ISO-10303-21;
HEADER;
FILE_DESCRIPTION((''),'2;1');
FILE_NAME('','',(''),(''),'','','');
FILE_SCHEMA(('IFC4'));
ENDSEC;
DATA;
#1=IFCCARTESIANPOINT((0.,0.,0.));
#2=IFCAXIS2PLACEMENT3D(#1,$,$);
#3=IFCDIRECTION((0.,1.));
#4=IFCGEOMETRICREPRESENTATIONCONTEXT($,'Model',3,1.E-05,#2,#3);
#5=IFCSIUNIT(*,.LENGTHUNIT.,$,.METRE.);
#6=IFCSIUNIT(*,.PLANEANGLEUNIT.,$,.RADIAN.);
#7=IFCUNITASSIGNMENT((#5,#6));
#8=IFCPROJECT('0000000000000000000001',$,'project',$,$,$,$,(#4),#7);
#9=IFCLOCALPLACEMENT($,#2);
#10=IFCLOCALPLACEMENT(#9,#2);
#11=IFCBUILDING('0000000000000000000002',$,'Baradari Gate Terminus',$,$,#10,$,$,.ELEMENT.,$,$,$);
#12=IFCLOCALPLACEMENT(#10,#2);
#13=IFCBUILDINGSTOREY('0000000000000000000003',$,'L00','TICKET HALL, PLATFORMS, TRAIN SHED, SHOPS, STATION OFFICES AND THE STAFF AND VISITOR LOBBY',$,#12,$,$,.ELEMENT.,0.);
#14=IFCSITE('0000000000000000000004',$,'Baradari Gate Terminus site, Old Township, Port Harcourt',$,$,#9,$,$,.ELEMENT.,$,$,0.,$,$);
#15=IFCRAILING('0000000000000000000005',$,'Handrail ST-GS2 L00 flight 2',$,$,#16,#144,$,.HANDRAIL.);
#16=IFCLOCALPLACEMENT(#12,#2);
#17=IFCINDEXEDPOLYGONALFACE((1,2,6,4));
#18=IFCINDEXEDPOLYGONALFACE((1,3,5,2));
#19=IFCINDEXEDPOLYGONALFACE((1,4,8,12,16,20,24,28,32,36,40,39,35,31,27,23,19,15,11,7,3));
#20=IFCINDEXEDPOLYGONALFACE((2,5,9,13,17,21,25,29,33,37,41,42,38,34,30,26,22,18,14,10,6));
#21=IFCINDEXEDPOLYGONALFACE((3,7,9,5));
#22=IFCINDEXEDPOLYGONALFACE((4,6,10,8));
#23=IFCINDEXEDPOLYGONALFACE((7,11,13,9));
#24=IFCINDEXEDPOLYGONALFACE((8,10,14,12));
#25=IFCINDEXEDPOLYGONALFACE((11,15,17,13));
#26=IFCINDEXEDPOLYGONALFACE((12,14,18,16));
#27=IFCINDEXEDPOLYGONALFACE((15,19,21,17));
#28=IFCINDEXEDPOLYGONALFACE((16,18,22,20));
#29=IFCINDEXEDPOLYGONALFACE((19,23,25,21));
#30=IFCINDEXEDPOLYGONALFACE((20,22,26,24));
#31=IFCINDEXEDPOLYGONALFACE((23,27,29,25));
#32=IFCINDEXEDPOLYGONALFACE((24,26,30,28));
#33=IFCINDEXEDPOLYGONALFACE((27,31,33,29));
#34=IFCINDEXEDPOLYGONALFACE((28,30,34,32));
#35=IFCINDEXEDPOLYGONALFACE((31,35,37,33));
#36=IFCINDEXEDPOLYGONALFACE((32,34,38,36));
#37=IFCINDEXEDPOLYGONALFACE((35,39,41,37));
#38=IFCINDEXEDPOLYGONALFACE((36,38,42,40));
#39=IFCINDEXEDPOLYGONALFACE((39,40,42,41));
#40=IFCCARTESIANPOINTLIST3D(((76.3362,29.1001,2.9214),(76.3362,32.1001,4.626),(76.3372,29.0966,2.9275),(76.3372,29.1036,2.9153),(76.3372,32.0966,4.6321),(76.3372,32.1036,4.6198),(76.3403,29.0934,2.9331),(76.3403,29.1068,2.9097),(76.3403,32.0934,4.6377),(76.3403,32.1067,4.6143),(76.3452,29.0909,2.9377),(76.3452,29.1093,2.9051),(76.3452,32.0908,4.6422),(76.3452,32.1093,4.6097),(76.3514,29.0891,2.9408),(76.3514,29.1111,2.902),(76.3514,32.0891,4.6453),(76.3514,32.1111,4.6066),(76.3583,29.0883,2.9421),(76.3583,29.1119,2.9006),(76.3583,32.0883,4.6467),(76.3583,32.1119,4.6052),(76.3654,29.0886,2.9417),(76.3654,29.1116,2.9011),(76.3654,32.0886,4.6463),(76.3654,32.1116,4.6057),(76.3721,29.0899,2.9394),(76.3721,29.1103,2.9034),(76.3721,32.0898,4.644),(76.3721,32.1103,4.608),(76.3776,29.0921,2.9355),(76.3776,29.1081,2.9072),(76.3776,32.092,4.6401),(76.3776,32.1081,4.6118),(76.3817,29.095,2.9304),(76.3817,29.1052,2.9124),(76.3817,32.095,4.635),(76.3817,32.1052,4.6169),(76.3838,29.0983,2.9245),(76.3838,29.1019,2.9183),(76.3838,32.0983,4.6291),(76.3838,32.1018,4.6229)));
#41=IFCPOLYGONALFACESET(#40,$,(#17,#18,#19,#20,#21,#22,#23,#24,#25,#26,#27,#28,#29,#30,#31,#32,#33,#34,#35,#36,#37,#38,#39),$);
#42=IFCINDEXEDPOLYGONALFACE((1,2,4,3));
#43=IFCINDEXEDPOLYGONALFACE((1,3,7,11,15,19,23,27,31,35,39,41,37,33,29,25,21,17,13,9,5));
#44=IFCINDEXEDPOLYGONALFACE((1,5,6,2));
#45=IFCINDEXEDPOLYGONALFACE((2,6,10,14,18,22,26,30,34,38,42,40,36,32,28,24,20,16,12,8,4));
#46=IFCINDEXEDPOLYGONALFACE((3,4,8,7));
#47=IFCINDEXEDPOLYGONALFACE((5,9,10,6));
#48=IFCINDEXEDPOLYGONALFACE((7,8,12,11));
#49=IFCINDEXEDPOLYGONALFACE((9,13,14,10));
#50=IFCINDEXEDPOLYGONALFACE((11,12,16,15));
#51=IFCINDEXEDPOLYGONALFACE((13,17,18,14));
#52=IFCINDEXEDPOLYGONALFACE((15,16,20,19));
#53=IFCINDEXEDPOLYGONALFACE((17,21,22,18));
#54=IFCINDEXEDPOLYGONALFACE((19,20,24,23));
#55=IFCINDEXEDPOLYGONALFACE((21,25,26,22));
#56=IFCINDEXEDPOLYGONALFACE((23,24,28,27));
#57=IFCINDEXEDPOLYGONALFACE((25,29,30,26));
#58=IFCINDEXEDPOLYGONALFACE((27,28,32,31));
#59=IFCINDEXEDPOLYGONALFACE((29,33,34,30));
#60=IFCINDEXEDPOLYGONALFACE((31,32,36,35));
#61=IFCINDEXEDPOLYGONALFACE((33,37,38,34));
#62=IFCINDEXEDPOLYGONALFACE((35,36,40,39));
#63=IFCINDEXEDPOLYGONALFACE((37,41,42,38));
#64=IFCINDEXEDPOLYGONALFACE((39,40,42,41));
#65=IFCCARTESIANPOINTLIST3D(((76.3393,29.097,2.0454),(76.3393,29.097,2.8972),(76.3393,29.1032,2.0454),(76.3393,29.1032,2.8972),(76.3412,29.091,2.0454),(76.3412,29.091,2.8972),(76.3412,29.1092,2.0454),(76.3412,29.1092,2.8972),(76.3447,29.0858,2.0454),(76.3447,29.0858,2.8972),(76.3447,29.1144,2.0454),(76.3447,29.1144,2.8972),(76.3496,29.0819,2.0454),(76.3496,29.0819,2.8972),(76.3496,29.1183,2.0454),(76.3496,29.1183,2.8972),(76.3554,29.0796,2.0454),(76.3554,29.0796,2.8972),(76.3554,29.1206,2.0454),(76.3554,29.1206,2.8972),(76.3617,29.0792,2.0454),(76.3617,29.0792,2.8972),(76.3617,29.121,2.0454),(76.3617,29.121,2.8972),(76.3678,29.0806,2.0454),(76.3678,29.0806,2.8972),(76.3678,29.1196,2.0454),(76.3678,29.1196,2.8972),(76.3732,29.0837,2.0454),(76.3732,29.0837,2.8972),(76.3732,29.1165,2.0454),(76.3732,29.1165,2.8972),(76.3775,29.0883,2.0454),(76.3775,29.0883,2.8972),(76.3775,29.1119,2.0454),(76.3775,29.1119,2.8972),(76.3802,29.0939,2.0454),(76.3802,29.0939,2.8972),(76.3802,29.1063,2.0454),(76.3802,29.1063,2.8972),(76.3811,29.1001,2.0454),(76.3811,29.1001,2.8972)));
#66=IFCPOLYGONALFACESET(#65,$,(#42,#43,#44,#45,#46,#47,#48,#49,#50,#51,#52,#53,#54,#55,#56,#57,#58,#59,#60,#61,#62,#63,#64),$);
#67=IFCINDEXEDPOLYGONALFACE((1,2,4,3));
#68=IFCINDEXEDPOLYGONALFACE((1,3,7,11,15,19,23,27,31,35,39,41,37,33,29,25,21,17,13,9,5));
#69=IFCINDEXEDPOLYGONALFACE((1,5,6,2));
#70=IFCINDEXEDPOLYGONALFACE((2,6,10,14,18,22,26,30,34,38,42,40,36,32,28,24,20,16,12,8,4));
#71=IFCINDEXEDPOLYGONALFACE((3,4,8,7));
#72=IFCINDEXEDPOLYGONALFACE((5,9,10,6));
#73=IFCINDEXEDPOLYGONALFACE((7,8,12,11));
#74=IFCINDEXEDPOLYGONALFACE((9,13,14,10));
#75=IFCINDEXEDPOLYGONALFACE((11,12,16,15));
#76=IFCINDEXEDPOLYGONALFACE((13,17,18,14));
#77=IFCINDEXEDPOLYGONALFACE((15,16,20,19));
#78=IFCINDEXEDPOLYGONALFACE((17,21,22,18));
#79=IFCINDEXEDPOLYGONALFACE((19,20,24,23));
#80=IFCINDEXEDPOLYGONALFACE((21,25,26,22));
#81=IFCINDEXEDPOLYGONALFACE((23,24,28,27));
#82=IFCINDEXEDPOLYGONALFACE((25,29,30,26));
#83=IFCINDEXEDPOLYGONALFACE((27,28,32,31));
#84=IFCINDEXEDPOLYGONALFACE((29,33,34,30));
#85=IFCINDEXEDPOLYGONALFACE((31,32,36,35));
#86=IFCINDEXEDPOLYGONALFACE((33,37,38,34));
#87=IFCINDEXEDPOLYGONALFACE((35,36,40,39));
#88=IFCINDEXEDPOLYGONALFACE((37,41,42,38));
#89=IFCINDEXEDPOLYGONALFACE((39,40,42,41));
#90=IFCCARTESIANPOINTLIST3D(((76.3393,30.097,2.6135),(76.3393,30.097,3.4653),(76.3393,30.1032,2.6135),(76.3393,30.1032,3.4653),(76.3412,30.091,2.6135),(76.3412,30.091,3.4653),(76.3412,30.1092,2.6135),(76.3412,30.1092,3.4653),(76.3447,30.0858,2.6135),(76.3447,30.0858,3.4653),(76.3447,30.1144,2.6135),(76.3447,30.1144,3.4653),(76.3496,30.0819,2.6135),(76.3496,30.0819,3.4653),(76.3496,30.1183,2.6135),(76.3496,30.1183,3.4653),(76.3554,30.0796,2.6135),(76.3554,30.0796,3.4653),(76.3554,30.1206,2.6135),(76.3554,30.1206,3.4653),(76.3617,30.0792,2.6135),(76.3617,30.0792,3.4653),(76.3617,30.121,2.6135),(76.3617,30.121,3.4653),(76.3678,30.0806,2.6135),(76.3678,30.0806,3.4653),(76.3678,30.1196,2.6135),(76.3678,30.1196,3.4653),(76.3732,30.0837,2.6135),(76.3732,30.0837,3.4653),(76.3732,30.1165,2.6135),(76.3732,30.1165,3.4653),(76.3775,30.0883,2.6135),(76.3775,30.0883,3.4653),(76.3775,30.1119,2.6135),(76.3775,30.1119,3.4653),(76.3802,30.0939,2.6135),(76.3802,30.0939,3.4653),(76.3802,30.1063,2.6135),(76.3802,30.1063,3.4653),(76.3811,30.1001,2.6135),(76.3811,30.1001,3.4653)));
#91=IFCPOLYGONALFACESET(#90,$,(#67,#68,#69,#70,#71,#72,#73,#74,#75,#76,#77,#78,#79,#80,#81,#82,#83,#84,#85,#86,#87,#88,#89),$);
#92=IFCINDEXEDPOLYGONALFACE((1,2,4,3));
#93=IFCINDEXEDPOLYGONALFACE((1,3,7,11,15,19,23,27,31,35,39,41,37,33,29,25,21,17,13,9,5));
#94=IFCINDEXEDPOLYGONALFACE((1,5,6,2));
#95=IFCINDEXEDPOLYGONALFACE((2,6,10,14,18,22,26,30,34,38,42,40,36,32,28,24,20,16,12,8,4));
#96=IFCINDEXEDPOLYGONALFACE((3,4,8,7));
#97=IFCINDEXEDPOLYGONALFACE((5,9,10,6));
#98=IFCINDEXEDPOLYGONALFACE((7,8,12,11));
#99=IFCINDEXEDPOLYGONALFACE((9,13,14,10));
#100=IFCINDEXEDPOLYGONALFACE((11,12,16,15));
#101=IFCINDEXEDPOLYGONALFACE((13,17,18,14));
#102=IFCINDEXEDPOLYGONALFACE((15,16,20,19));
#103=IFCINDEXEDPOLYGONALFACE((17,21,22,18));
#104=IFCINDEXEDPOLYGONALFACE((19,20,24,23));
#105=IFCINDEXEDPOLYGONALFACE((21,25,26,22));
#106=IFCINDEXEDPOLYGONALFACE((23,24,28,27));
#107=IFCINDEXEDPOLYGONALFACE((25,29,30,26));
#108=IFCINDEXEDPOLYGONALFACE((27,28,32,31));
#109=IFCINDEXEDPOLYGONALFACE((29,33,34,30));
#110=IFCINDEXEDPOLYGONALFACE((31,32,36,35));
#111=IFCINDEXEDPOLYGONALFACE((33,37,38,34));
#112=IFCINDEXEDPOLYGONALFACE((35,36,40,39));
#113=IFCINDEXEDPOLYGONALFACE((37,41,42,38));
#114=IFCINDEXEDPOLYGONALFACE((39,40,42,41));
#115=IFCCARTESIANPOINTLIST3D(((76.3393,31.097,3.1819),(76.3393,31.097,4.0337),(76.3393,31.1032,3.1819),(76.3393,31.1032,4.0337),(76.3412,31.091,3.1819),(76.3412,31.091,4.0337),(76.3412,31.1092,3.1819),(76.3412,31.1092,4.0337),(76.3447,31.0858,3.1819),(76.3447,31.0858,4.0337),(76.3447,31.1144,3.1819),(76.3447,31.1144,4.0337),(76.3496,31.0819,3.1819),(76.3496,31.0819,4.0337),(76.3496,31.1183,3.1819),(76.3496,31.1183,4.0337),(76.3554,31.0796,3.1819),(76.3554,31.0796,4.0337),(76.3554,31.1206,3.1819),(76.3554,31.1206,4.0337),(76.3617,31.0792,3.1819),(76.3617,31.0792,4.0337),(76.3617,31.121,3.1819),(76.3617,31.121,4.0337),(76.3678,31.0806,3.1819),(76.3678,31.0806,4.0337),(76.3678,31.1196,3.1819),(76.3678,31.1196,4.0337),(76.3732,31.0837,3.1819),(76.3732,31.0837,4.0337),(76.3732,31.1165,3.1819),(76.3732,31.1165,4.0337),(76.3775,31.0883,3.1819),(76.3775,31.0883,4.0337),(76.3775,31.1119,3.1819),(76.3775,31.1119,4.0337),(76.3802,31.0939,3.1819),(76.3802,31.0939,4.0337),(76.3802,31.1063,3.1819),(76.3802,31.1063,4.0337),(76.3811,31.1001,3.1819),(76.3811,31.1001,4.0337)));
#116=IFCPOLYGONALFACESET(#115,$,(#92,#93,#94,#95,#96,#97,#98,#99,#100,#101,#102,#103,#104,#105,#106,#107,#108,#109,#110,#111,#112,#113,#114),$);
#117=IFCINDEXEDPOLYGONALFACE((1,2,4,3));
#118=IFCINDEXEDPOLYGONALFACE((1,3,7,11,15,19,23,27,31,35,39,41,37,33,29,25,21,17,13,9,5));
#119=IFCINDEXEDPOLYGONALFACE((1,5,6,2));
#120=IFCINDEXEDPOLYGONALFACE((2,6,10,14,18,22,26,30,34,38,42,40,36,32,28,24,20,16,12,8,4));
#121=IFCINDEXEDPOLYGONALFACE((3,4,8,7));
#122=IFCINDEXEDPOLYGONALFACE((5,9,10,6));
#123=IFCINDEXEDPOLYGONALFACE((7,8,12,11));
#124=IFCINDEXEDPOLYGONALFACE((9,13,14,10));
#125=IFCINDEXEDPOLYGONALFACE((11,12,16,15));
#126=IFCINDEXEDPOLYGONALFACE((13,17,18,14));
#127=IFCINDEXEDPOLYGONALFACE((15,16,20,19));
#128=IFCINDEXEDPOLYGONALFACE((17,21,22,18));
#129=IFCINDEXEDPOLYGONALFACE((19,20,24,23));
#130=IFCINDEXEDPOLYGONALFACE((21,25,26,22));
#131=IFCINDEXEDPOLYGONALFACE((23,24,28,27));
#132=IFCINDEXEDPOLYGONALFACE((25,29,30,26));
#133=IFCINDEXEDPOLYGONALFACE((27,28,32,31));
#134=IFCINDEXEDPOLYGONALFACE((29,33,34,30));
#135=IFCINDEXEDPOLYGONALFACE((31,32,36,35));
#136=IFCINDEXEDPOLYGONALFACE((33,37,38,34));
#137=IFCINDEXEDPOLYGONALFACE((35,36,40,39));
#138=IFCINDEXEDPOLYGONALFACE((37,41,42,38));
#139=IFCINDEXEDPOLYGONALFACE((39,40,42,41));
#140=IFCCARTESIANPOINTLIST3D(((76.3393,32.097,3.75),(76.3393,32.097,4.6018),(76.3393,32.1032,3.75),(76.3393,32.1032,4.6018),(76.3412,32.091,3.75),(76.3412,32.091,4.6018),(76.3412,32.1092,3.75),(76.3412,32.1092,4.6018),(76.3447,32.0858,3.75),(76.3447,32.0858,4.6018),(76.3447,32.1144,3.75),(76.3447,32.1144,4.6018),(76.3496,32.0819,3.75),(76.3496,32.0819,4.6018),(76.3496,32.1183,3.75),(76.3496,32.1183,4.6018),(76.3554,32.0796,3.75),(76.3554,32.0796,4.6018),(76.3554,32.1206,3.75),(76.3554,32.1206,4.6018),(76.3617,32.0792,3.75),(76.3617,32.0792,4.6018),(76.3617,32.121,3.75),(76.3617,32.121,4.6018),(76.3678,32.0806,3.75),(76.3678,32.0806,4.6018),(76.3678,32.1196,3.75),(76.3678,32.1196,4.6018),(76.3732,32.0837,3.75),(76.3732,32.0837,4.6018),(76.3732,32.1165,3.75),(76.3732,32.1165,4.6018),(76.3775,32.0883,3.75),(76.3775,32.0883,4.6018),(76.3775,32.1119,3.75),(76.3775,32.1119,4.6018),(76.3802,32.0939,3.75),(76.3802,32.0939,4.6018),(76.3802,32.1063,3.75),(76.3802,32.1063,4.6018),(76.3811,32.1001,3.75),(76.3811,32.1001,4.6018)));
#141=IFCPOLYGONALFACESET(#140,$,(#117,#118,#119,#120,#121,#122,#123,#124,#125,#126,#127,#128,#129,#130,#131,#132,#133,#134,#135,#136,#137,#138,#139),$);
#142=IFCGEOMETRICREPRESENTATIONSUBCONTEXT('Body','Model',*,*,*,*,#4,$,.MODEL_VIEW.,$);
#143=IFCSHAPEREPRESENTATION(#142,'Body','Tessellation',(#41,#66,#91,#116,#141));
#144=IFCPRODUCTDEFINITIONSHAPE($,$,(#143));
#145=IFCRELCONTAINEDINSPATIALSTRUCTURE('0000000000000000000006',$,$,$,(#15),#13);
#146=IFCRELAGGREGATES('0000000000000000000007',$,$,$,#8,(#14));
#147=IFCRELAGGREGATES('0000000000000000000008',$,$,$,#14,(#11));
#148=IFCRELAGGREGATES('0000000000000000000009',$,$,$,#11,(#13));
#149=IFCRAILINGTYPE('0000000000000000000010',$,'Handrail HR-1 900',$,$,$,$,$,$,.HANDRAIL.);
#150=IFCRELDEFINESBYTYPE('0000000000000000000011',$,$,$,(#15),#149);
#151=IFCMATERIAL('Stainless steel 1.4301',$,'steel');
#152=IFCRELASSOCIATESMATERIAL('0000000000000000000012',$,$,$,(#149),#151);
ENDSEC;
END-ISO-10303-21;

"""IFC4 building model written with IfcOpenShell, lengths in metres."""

from ifc_helpers import new_model, si_unit, direction, frame, origin, origin_2d, place, context, subcontext, project, spatial, circle, extrude, material, type_object, element, save


model = new_model("IFC4")

# Units and contexts
model_context = context("Model", 3, precision=1e-05, world=origin(), true_north=direction((0.0, 1.0)))
body_context = subcontext(model_context, "Body", "Model", "MODEL_VIEW")
ifc_project = project(units=[si_unit("LENGTHUNIT", "METRE"), si_unit("PLANEANGLEUNIT", "RADIAN")], contexts=[model_context])

# Site, building, storey
site_placement = place(None, origin())
site = spatial("IfcSite", under=ifc_project, at=site_placement, Name="Baradari Gate Terminus site, Old Township, Port Harcourt", CompositionType="ELEMENT", RefElevation=0.0)
building_placement = place(site_placement, origin())
building = spatial("IfcBuilding", under=site, at=building_placement, Name="Baradari Gate Terminus", CompositionType="ELEMENT")
storey_placement = place(building_placement, origin())
storey = spatial("IfcBuildingStorey", under=building, at=storey_placement, Name="L00", Description="TICKET HALL, PLATFORMS, TRAIN SHED, SHOPS, STATION OFFICES AND THE STAFF AND VISITOR LOBBY", CompositionType="ELEMENT", Elevation=0.0)

# Railing
ifc_material_1 = material(Name="Stainless steel 1.4301", Category="steel")
railing_type = type_object("IfcRailingType", Name="Handrail HR-1 900", PredefinedType="HANDRAIL", material=ifc_material_1)
for number, where, name in (
    (1, (76.3601, 29.1001, 2.0454), "Handrail ST-GS2 L00 flight 2"),
):
    element("IfcRailing", number, at=place(storey_placement, frame(where)), inside=storey, type_object=railing_type, Name=name, PredefinedType="HANDRAIL", context=body_context, shape_type="SweptSolid", body=[
        extrude(circle(Radius=0.0239, at=origin_2d()), frame((0.0, 0.0, 0.876), z_axis=(0.0, 0.869451, 0.494019), x_axis=(-1.0, 0.0, 0.0)), (0.0, 0.0, 1.0), 3.4504),
        extrude(circle(Radius=0.021, at=origin_2d()), origin(), (0.0, 0.0, 1.0), 0.8518),
        extrude(circle(Radius=0.021, at=origin_2d()), frame((0.0, 1.0, 0.5681)), (0.0, 0.0, 1.0), 0.8518),
        extrude(circle(Radius=0.021, at=origin_2d()), frame((0.0, 2.0, 1.1365)), (0.0, 0.0, 1.0), 0.8518),
        extrude(circle(Radius=0.021, at=origin_2d()), frame((0.0, 3.0, 1.7046)), (0.0, 0.0, 1.0), 0.8518),
    ])

save(model, "model.ifc")
